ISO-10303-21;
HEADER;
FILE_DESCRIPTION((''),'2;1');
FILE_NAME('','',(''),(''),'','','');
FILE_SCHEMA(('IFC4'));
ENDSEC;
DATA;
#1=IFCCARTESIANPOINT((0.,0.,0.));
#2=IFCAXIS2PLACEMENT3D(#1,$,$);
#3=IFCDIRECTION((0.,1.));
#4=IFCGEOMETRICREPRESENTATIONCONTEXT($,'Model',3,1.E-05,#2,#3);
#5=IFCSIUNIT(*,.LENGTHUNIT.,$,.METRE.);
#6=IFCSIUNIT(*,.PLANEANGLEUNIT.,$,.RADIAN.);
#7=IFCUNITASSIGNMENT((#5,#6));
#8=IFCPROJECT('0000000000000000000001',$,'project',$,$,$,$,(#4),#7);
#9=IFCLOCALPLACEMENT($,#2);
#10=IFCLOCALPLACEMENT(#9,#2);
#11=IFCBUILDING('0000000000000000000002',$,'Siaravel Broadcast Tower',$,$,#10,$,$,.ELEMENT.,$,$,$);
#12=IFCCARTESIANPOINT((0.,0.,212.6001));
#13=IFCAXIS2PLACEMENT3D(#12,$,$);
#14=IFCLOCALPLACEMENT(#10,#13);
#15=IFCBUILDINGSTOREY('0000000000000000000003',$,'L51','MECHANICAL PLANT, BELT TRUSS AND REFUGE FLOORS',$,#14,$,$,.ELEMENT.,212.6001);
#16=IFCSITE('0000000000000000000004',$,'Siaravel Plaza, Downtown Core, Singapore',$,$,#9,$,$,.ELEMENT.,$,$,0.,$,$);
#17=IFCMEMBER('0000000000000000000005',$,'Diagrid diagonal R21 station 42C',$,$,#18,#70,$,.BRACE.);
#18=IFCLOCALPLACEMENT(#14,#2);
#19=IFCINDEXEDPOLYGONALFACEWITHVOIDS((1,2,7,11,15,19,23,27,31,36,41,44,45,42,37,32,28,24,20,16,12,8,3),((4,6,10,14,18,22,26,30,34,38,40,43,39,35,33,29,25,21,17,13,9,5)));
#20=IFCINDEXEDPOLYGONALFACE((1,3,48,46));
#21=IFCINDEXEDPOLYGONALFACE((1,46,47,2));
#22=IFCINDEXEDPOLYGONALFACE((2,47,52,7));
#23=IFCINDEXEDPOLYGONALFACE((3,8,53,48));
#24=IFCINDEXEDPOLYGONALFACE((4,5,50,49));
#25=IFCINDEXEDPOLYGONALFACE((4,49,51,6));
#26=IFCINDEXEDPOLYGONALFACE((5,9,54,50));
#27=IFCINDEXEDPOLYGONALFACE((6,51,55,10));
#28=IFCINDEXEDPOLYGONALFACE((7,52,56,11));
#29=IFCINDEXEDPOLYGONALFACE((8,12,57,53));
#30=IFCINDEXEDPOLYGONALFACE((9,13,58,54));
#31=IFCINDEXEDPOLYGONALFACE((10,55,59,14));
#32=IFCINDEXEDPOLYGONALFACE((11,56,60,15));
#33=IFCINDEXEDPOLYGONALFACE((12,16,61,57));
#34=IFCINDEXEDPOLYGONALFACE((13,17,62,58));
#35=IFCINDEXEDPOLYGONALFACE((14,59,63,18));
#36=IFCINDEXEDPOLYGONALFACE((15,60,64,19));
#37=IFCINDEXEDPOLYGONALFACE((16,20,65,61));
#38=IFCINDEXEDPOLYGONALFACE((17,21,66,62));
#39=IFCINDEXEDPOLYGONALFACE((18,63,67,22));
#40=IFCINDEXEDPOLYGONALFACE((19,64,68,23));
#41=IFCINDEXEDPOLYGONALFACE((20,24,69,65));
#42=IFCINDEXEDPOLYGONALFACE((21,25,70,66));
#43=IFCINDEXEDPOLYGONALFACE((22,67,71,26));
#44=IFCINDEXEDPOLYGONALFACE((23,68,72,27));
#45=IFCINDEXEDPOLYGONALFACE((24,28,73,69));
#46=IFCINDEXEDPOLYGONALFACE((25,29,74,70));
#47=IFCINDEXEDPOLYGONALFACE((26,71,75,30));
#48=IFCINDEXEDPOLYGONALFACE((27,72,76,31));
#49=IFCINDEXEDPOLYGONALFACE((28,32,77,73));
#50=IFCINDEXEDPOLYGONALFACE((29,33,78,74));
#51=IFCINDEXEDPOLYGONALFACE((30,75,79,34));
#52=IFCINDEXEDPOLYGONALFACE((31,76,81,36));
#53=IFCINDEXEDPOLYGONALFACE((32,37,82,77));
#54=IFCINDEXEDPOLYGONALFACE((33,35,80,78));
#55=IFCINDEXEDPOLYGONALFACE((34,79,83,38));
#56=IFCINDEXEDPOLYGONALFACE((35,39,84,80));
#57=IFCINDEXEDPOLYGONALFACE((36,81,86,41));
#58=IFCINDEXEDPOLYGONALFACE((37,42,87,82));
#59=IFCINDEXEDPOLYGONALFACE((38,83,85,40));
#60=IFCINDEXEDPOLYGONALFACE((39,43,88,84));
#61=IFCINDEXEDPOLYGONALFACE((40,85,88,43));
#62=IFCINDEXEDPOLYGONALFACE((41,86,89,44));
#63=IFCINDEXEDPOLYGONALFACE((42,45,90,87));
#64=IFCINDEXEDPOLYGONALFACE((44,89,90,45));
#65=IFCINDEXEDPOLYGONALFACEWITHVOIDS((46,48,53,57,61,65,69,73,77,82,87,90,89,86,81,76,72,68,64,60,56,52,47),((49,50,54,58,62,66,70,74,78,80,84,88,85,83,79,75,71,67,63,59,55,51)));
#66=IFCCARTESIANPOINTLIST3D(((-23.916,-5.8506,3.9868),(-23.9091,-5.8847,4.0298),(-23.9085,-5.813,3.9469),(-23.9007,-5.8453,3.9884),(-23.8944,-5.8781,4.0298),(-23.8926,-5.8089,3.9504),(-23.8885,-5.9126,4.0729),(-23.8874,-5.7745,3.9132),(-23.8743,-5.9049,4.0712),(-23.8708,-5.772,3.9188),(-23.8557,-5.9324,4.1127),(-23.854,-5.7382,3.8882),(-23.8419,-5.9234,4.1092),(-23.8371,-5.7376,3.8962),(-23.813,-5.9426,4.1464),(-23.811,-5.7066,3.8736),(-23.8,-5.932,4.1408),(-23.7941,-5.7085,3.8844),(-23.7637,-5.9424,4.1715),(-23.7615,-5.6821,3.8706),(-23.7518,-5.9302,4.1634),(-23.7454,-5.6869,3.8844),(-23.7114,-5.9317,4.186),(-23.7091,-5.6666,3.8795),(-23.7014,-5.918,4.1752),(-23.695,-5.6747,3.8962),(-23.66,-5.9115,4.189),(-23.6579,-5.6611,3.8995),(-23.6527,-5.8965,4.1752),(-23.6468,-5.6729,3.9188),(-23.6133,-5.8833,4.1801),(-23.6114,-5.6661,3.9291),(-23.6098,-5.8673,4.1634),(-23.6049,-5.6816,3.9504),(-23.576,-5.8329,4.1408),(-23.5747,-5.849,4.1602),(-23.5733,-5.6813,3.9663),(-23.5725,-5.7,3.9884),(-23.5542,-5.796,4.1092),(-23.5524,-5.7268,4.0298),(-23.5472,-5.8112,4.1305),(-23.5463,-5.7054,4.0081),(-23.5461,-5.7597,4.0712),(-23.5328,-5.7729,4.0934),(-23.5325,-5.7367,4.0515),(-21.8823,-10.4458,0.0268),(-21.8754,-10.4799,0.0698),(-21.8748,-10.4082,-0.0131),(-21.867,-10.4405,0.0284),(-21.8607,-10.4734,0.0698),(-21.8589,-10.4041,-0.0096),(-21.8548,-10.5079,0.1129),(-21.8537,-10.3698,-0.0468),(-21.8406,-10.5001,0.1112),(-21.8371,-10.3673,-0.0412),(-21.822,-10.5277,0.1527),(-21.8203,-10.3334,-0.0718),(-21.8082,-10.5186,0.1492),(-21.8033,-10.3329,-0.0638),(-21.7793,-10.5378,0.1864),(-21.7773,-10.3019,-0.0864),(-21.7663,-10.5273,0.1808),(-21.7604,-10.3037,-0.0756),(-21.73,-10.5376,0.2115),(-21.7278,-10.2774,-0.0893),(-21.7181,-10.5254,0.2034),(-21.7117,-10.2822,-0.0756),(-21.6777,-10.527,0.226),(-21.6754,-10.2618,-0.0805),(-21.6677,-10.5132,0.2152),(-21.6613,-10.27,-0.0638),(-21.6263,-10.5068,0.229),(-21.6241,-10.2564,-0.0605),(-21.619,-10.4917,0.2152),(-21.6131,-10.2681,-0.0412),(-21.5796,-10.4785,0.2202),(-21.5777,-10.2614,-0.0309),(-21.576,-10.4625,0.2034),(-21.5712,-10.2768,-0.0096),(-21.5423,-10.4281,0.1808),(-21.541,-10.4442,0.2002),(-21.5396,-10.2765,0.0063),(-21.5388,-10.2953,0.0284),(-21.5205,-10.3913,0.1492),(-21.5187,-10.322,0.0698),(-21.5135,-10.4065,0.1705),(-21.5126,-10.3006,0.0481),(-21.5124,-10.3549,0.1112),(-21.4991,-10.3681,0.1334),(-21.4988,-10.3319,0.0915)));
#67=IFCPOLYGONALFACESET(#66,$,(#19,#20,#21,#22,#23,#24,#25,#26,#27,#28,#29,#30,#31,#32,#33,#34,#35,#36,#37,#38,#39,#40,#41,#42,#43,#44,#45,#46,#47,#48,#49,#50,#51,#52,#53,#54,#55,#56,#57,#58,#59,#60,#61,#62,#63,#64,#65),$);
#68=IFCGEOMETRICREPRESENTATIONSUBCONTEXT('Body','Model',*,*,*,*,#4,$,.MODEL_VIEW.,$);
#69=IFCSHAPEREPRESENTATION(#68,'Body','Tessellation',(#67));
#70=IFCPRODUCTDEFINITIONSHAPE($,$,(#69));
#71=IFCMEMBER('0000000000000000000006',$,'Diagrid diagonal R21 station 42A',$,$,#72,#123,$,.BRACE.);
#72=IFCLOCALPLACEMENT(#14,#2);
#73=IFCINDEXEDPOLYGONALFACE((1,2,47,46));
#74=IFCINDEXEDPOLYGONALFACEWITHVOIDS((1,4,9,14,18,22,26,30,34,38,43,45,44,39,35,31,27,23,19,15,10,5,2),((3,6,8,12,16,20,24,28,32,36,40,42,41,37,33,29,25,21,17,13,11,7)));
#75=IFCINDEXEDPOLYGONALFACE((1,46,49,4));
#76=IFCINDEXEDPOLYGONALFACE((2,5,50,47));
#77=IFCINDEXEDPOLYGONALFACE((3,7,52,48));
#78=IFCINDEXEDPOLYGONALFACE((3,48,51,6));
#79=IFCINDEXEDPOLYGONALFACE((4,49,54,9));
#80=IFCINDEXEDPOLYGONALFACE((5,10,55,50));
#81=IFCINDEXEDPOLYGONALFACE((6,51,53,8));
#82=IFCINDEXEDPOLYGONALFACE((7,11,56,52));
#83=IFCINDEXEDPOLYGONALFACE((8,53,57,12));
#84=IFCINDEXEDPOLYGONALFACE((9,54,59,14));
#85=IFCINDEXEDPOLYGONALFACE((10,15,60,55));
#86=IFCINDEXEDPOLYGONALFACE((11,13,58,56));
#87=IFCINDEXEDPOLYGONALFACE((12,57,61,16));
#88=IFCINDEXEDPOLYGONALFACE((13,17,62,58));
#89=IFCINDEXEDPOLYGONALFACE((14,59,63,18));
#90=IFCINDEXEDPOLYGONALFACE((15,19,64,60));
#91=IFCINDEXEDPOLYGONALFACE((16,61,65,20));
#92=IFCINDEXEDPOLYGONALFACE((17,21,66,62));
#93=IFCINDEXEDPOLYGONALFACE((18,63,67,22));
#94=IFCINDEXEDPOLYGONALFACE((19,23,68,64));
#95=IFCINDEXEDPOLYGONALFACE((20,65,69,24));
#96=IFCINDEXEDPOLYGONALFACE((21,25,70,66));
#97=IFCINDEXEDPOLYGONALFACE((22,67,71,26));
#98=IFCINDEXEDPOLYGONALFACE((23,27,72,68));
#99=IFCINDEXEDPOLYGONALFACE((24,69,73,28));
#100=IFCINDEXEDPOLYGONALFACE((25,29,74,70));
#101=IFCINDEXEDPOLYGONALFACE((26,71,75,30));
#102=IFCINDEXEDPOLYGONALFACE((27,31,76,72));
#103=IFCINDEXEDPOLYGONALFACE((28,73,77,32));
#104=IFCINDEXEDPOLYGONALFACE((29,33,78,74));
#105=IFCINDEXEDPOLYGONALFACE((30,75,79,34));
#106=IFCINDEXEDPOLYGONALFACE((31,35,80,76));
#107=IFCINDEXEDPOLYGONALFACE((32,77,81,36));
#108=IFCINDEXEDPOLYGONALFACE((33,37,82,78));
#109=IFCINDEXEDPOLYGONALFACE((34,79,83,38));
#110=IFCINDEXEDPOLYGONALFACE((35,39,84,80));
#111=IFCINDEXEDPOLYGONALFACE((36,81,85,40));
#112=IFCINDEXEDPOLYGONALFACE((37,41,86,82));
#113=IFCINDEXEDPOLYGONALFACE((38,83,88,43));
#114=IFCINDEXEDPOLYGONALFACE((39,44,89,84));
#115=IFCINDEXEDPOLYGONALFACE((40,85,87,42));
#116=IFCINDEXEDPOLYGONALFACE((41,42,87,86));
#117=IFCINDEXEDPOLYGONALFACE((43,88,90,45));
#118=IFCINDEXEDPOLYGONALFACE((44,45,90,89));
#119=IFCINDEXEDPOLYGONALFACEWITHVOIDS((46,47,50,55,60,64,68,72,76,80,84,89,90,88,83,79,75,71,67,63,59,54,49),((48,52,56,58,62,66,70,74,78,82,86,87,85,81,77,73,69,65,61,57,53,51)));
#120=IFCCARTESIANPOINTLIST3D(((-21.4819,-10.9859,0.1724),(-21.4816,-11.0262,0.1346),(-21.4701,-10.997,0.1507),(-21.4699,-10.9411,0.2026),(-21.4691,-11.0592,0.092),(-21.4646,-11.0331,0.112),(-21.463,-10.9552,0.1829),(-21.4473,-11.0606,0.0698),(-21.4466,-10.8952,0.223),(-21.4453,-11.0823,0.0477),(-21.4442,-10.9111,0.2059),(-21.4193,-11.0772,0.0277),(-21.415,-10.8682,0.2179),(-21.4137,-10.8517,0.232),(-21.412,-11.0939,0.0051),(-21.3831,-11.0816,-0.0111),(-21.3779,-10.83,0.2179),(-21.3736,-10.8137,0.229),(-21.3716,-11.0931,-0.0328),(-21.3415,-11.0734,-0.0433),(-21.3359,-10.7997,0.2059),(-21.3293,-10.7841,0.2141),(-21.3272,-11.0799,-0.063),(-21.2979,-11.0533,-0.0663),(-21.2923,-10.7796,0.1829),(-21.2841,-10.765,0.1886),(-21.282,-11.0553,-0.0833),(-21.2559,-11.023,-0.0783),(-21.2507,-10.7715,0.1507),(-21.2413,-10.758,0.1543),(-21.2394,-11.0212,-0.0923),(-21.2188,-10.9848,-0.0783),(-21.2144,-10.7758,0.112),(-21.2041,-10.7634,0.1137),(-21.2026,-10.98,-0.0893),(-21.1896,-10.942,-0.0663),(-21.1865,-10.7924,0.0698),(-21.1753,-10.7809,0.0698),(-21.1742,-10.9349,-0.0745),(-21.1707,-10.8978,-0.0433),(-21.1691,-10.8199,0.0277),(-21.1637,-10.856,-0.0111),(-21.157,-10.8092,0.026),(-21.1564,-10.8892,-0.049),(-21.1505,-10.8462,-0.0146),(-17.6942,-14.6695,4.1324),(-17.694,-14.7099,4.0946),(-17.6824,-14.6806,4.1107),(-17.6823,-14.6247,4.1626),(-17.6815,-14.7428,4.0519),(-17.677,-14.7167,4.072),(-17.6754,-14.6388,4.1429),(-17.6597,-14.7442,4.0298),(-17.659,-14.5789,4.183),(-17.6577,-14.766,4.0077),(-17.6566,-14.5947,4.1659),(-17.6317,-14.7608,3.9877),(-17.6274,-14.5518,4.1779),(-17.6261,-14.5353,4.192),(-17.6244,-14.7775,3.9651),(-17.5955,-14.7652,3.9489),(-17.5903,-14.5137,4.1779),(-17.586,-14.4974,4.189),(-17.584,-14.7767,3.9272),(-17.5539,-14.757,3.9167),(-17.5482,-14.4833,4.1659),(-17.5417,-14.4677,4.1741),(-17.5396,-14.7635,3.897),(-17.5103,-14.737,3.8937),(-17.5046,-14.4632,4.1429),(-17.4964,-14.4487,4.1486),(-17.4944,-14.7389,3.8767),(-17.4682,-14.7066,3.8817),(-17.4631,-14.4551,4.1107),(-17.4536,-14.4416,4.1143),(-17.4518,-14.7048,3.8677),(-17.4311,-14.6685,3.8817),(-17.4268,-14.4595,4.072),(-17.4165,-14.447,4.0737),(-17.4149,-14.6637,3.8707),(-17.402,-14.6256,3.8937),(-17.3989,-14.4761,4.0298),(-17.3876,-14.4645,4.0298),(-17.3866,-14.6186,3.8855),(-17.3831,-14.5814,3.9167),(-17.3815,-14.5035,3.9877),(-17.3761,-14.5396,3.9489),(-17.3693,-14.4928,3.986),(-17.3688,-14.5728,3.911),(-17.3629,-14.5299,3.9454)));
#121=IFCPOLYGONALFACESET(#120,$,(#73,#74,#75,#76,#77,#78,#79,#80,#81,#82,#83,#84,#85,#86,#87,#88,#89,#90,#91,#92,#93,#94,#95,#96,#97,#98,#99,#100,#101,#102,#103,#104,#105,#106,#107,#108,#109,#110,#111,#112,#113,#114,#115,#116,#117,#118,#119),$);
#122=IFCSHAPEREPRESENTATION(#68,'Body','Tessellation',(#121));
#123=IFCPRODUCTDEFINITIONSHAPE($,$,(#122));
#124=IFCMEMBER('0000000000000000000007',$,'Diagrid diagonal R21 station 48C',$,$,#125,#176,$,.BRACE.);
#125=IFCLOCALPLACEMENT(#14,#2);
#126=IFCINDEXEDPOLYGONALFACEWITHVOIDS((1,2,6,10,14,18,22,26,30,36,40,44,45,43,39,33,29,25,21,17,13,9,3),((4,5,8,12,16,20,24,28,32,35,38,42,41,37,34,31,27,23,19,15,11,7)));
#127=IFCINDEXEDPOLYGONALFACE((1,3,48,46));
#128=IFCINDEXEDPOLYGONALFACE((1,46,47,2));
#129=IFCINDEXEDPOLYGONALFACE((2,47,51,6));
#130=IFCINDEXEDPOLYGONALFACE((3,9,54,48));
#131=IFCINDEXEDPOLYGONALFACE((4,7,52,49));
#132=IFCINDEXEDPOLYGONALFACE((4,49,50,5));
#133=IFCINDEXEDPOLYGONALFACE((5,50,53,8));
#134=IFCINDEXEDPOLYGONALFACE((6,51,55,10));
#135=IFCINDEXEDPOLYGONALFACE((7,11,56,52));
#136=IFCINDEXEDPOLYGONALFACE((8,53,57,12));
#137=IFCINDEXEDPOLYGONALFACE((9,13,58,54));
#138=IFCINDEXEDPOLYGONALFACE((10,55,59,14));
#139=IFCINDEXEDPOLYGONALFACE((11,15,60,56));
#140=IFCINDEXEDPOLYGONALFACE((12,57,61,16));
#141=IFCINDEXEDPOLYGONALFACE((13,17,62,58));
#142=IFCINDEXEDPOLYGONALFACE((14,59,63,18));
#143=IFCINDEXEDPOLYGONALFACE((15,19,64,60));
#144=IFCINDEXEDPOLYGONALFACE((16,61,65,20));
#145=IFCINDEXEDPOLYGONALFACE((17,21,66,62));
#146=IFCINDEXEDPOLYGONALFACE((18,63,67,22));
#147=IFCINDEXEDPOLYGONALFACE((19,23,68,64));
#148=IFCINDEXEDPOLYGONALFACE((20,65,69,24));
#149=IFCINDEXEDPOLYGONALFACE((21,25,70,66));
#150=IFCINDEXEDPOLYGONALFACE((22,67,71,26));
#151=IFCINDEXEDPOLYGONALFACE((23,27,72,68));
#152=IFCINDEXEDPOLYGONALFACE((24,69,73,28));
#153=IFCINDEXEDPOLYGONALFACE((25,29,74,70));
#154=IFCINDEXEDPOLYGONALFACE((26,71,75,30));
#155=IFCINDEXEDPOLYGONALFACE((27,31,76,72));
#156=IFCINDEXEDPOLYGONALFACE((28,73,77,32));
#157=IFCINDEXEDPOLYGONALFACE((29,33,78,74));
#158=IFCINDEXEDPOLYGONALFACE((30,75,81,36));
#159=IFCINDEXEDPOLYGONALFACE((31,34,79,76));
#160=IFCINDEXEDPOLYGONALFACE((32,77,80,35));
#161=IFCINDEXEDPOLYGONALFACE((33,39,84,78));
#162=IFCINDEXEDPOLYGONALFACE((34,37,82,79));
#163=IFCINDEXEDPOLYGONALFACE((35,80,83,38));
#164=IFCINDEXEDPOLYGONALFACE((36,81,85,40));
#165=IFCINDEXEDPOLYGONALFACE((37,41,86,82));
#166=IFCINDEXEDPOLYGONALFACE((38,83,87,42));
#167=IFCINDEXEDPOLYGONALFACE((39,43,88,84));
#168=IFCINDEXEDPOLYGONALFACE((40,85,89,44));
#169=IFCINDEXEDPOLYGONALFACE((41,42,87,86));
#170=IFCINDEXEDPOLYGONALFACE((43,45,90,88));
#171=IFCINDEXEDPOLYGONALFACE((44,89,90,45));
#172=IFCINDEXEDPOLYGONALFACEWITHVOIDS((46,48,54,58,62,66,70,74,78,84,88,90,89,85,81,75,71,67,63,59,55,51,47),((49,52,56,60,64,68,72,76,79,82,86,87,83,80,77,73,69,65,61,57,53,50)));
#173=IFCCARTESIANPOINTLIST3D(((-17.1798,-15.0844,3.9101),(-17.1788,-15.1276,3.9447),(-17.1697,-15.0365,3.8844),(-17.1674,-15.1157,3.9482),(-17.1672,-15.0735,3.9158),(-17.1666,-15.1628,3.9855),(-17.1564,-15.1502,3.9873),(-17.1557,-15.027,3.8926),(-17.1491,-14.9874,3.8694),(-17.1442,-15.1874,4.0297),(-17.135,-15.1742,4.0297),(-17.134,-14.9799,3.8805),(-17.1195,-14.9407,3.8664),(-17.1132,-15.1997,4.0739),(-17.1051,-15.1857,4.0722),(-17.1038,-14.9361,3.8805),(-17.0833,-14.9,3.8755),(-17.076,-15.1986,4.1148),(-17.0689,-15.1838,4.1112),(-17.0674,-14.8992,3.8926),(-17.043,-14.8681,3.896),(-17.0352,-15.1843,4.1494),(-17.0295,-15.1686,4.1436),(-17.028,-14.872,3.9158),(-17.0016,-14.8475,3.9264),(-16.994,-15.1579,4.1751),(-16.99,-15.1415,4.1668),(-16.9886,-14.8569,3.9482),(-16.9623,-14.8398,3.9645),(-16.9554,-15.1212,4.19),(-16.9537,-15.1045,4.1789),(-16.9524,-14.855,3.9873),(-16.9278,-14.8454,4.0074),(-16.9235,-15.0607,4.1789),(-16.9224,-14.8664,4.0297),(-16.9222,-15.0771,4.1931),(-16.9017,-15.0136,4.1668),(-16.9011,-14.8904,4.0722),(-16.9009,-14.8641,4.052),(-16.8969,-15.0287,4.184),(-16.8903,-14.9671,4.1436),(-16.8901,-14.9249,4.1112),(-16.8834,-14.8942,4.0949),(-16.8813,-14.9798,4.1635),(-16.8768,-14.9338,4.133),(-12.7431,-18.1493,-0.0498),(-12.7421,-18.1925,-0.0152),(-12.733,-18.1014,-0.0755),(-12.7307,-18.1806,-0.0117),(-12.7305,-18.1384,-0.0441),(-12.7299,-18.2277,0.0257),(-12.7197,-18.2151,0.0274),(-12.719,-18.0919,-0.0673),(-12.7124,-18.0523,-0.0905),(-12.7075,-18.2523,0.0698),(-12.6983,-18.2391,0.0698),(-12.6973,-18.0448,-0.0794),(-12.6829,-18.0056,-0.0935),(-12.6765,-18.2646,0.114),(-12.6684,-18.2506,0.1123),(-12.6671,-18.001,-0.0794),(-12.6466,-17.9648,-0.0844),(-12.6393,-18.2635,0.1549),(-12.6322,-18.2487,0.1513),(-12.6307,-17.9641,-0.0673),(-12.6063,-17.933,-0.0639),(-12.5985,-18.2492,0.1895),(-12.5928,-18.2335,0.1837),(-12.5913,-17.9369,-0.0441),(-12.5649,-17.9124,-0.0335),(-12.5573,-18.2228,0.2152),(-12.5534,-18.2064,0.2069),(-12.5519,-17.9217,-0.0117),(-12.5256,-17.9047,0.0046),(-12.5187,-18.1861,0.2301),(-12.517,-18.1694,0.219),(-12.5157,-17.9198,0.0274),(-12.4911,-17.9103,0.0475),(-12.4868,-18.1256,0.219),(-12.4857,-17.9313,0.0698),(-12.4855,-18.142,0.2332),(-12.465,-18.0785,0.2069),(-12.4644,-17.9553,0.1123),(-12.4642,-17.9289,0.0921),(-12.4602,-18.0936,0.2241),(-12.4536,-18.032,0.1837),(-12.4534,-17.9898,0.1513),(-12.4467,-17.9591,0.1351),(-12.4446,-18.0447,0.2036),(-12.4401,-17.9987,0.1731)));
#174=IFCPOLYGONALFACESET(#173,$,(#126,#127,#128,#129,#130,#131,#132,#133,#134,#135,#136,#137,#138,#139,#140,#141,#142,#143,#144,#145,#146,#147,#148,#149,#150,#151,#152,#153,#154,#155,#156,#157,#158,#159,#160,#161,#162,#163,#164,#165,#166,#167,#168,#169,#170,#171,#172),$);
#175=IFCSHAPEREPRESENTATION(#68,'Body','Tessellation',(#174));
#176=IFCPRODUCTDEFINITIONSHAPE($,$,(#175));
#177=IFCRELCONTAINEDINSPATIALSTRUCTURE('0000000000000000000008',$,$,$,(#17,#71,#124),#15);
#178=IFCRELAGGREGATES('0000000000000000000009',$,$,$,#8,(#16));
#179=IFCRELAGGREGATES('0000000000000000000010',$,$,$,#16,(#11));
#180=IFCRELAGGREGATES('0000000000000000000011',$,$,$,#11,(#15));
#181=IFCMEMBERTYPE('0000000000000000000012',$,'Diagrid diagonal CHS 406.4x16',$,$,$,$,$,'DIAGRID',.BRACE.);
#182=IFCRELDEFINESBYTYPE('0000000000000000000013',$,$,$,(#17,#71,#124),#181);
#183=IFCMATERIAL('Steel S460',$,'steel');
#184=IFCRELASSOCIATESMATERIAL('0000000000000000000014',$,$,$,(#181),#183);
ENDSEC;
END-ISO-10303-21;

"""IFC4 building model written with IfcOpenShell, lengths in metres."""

from ifc_helpers import new_model, si_unit, direction, frame, origin, origin_2d, place, context, subcontext, project, spatial, hollow_circle, extrude, material, material_profile, profile_set, type_object, element, save


model = new_model("IFC4")

# Units and contexts
model_context = context("Model", 3, precision=1e-05, world=origin(), true_north=direction((0.0, 1.0)))
body_context = subcontext(model_context, "Body", "Model", "MODEL_VIEW")
ifc_project = project(units=[si_unit("LENGTHUNIT", "METRE"), si_unit("PLANEANGLEUNIT", "RADIAN")], contexts=[model_context])

# Site, building, storey
site_placement = place(None, origin())
site = spatial("IfcSite", under=ifc_project, at=site_placement, Name="Siaravel Plaza, Downtown Core, Singapore", CompositionType="ELEMENT", RefElevation=0.0)
building_placement = place(site_placement, origin())
building = spatial("IfcBuilding", under=site, at=building_placement, Name="Siaravel Broadcast Tower", CompositionType="ELEMENT")
storey_placement = place(building_placement, frame((0.0, 0.0, 212.6001)))
storey = spatial("IfcBuildingStorey", under=building, at=storey_placement, Name="L51", Description="MECHANICAL PLANT, BELT TRUSS AND REFUGE FLOORS", CompositionType="ELEMENT", Elevation=212.6001)

# Shared definitions
ifc_material_1 = material(Name="Steel S460", Category="steel")

# Members
ifc_material_profile_1 = material_profile(ifc_material_1, hollow_circle(Radius=0.2031, WallThickness=0.0161, at=origin_2d()))
ifc_profile_set_1 = profile_set([ifc_material_profile_1], Name="Steel S460")
member_type_1 = type_object("IfcMemberType", Name="Diagrid diagonal CHS 406.4x16", ElementType="DIAGRID", PredefinedType="BRACE", material=ifc_profile_set_1)
member_1_placement = place(storey_placement, frame((-21.6897, -10.3977, 0.0698), z_axis=(-0.317868, 0.718237, 0.618946), x_axis=(-0.914448, -0.404704, 0.0)))
element("IfcMember", 1, at=member_1_placement, inside=storey, type_object=member_type_1, Name="Diagrid diagonal R21 station 42C", PredefinedType="BRACE", context=body_context, shape_type="SweptSolid", body=[
    extrude(hollow_circle(Radius=0.2031, WallThickness=0.0161, at=origin_2d()), origin(), (0.0, 0.0, 1.0), 6.3979),
])
member_2_placement = place(storey_placement, frame((-21.3169, -10.9265, 0.0698), z_axis=(0.573641, -0.557889, 0.599746), x_axis=(0.697196, 0.716881, 0.0)))
element("IfcMember", 2, at=member_2_placement, inside=storey, type_object=member_type_1, Name="Diagrid diagonal R21 station 42A", PredefinedType="BRACE", context=body_context, shape_type="SweptSolid", body=[
    extrude(hollow_circle(Radius=0.2031, WallThickness=0.0161, at=origin_2d()), origin(), (0.0, 0.0, 1.0), 6.6028),
])
member_3_placement = place(storey_placement, frame((-12.592, -18.0852, 0.0698), z_axis=(-0.663165, 0.458117, 0.591896), x_axis=(-0.568374, -0.82277, 0.0)))
element("IfcMember", 3, at=member_3_placement, inside=storey, type_object=member_type_1, Name="Diagrid diagonal R21 station 48C", PredefinedType="BRACE", context=body_context, shape_type="SweptSolid", body=[
    extrude(hollow_circle(Radius=0.2031, WallThickness=0.0161, at=origin_2d()), origin(), (0.0, 0.0, 1.0), 6.6902),
])

save(model, "model.ifc")
